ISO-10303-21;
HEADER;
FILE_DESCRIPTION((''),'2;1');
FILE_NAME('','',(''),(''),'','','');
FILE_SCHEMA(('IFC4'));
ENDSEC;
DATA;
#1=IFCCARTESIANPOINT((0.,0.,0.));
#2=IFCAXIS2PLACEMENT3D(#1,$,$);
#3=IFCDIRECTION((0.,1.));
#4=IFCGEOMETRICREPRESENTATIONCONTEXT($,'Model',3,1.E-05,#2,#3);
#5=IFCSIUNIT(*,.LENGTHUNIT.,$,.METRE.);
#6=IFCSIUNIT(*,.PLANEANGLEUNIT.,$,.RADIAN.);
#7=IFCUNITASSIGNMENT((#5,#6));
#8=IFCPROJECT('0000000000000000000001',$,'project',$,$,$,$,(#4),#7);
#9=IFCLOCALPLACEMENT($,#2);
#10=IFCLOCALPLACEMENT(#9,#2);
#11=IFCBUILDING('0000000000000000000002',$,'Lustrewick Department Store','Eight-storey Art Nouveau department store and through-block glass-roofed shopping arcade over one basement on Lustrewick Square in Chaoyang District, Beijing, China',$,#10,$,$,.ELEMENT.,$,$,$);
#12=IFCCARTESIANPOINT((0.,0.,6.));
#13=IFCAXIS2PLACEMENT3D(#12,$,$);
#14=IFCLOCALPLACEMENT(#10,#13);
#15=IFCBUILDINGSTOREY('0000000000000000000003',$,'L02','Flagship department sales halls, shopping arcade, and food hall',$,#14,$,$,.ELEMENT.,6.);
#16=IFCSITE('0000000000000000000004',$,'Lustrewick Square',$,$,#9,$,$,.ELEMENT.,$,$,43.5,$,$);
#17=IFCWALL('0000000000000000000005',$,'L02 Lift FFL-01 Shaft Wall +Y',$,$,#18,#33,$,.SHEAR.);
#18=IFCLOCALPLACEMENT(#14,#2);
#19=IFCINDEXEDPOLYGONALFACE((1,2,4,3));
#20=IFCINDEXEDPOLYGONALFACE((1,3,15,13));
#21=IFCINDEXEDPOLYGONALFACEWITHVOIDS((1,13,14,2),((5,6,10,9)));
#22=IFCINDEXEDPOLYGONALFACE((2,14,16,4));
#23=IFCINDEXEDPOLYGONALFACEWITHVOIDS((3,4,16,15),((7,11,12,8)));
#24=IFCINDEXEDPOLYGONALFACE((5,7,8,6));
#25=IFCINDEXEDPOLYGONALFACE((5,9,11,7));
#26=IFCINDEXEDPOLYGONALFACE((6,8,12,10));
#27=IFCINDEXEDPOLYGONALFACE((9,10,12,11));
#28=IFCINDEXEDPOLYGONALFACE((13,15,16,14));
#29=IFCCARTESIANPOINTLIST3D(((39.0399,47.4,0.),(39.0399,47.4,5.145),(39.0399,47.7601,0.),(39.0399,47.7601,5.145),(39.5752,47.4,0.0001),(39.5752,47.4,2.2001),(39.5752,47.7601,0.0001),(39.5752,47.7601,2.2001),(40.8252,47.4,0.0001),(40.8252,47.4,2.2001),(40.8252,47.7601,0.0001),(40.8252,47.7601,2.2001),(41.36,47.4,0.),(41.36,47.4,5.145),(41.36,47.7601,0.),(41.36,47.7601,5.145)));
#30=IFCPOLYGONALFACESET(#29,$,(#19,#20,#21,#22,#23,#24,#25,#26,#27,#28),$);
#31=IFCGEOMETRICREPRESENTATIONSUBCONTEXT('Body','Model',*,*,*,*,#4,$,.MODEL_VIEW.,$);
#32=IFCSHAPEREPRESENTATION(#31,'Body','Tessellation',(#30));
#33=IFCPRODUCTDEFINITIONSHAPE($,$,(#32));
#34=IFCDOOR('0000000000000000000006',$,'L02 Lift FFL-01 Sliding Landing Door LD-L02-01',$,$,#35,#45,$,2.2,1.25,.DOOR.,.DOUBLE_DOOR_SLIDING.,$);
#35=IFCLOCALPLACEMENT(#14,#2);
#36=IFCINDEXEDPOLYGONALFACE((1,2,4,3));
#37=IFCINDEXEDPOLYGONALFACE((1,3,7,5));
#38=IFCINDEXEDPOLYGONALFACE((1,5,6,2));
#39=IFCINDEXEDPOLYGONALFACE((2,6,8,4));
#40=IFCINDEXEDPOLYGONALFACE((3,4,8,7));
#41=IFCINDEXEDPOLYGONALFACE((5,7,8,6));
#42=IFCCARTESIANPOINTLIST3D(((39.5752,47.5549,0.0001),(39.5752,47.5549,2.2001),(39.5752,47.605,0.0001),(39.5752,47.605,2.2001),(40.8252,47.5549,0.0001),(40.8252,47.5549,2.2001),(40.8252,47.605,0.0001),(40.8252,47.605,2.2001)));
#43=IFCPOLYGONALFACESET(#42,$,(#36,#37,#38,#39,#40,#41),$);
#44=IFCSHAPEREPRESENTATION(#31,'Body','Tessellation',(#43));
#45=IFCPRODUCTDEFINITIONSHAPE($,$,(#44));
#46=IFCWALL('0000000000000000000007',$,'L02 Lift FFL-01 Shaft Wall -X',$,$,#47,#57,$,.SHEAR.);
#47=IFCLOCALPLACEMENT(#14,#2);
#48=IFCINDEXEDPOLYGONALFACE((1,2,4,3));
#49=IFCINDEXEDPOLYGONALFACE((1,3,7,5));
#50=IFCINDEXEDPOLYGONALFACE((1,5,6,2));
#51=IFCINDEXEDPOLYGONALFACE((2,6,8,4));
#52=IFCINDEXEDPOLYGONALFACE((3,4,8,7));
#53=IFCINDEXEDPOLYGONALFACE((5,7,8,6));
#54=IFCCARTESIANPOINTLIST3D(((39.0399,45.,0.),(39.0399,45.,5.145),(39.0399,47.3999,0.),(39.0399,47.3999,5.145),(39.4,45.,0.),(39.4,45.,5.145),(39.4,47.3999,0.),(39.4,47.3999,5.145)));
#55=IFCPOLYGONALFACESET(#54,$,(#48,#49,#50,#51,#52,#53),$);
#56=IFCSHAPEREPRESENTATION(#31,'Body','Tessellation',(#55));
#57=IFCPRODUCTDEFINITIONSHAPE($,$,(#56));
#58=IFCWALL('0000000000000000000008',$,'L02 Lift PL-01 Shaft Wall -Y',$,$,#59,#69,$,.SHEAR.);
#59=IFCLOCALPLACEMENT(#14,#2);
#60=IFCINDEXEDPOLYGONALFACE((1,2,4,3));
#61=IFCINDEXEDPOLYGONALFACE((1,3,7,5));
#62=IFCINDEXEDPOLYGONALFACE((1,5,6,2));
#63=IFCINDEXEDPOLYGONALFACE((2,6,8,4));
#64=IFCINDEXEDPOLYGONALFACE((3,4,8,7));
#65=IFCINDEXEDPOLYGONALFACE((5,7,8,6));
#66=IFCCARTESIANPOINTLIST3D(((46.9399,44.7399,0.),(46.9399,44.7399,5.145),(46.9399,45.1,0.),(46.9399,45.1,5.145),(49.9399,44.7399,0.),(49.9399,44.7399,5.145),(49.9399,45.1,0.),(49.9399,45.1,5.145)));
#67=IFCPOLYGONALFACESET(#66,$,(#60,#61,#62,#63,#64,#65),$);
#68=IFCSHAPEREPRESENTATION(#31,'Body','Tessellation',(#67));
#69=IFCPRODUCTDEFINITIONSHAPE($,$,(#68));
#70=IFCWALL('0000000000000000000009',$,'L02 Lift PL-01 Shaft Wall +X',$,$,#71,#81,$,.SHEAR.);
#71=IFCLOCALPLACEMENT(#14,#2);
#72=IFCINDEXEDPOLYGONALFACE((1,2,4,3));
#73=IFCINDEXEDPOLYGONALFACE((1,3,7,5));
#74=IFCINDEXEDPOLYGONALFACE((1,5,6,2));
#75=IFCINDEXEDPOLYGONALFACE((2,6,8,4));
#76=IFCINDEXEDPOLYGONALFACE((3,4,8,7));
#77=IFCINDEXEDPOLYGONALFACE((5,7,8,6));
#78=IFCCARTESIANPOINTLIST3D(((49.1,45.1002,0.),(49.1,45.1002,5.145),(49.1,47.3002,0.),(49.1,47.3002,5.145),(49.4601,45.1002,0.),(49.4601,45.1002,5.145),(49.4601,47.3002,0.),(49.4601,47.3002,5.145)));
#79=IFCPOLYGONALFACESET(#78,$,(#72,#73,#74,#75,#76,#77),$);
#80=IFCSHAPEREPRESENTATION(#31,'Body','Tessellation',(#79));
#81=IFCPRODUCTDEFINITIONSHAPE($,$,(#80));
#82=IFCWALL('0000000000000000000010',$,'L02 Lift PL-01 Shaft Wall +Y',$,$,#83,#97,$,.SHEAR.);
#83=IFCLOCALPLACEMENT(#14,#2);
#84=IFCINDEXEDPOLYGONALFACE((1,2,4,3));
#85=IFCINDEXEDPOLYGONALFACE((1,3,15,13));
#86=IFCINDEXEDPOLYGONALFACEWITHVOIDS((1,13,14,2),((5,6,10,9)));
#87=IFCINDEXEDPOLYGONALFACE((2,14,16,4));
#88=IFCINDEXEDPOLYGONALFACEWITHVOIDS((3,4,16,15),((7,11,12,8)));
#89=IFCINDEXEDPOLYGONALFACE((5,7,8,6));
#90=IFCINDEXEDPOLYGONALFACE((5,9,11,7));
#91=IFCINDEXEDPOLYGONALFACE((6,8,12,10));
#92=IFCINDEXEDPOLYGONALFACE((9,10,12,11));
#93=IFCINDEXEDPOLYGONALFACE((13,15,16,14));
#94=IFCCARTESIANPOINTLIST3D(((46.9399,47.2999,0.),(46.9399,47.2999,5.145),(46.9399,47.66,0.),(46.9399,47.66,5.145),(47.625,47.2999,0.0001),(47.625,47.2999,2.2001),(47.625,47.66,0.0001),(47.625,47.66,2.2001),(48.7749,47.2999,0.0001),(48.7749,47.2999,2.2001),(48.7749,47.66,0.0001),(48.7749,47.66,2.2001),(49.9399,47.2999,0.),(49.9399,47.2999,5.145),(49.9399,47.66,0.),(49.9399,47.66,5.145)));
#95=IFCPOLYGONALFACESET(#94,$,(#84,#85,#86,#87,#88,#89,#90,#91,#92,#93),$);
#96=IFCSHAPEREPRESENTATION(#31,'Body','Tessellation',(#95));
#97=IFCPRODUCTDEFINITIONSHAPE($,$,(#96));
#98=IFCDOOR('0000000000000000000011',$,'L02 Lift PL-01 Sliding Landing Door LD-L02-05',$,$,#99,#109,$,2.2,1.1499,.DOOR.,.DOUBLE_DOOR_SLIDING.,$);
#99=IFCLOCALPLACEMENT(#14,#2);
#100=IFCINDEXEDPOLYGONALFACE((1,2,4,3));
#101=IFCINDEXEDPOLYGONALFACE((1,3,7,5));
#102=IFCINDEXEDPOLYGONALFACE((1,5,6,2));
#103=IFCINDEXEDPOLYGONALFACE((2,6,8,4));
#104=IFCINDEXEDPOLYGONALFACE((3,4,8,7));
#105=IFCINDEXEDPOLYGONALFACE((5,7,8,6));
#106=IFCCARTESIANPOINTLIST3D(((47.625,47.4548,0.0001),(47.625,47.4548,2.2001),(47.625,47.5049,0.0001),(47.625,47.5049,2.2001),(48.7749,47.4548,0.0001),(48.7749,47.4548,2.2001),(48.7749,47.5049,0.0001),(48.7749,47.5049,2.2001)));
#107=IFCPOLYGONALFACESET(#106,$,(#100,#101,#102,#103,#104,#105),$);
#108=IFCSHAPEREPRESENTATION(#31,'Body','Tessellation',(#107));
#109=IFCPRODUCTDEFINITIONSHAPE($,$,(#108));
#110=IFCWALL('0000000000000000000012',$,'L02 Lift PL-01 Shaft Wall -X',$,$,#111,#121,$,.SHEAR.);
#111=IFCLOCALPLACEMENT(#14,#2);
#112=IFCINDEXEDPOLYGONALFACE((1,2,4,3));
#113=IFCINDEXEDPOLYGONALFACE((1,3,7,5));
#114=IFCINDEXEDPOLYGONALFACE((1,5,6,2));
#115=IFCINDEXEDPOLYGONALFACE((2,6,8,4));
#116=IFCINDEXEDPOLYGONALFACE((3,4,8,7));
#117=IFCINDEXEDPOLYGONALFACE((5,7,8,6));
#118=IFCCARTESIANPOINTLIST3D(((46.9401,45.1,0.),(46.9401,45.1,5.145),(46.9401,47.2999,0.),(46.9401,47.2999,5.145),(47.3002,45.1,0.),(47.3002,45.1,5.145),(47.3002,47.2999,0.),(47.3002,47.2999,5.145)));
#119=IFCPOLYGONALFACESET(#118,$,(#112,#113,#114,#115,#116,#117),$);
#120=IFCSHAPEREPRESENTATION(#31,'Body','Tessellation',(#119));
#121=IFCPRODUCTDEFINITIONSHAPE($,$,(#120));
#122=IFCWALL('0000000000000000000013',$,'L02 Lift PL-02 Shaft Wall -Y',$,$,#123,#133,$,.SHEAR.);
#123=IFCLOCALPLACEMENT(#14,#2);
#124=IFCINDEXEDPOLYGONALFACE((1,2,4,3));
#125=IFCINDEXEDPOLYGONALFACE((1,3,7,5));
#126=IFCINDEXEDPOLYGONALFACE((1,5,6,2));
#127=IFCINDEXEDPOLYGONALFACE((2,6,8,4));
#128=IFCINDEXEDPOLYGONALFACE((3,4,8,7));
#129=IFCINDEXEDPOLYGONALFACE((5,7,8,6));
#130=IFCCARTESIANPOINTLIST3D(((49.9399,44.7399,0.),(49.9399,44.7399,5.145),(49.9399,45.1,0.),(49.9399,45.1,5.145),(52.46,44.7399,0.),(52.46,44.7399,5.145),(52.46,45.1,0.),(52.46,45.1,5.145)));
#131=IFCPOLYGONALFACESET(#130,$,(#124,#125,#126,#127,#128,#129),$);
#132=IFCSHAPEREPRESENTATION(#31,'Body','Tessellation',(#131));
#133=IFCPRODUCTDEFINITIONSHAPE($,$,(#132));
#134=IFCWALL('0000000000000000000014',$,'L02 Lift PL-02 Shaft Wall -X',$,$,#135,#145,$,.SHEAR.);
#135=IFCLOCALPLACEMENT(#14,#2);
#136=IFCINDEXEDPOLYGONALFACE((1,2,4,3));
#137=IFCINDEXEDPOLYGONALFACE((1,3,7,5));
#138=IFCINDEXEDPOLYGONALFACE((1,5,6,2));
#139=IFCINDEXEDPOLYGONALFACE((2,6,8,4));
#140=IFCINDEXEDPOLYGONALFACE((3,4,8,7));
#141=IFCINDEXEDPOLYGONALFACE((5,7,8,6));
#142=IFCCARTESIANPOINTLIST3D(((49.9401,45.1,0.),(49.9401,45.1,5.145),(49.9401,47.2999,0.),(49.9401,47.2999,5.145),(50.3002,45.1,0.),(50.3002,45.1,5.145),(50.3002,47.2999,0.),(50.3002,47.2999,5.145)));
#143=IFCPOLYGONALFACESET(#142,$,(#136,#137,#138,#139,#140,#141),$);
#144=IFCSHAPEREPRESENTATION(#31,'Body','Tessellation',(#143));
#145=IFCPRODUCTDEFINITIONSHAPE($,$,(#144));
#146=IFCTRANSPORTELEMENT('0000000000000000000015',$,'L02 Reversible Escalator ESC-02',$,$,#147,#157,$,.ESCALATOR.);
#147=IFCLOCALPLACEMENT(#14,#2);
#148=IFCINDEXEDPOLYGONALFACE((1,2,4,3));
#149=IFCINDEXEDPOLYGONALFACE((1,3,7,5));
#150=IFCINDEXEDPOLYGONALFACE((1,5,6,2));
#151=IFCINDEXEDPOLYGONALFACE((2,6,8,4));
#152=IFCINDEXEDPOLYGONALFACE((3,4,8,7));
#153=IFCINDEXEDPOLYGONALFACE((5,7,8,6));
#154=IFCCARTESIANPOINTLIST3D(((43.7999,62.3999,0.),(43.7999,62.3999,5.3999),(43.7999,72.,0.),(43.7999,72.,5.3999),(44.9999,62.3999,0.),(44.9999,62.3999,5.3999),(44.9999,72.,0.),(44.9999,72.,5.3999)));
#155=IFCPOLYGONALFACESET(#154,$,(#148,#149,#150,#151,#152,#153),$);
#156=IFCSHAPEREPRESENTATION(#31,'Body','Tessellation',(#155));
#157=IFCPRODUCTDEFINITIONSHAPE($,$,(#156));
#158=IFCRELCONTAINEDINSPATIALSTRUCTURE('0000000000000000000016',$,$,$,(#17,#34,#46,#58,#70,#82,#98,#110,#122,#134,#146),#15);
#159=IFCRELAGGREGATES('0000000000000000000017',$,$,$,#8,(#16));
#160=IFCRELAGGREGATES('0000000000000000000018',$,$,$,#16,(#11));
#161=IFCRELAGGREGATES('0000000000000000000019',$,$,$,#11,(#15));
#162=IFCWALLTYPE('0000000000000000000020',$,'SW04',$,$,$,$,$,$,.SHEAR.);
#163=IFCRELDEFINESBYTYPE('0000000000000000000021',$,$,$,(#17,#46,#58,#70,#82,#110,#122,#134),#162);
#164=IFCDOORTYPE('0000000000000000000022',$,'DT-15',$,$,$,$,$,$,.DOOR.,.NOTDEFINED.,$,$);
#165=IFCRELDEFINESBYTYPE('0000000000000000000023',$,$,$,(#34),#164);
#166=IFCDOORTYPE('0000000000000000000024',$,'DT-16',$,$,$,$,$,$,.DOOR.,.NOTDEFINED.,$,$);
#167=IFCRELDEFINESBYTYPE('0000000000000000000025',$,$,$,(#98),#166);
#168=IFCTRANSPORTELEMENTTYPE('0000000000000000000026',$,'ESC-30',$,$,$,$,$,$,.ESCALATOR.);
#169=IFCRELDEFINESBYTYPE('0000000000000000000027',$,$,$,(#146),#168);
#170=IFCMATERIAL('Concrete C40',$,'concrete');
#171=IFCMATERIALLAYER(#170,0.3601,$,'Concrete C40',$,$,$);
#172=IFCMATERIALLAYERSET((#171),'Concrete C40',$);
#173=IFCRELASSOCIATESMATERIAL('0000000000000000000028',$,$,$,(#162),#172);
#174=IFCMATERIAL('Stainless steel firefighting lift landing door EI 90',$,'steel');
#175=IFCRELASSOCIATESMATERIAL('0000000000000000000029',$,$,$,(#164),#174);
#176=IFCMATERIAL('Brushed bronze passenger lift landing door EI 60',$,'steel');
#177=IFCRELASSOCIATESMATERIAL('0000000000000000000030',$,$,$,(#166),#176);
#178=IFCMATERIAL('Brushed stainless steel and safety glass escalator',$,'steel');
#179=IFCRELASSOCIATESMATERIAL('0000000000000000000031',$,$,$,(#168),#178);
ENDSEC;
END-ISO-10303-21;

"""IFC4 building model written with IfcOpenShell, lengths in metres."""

from ifc_helpers import new_model, si_unit, direction, frame, frame_2d, origin, origin_2d, place, context, subcontext, project, spatial, rectangle, extrude, material, layer, layer_set, type_object, element, fill, save


model = new_model("IFC4")

# Units and contexts
model_context = context("Model", 3, precision=1e-05, world=origin(), true_north=direction((0.0, 1.0)))
body_context = subcontext(model_context, "Body", "Model", "MODEL_VIEW")
ifc_project = project(units=[si_unit("LENGTHUNIT", "METRE"), si_unit("PLANEANGLEUNIT", "RADIAN")], contexts=[model_context])

# Site, building, storey
site_placement = place(None, origin())
site = spatial("IfcSite", under=ifc_project, at=site_placement, Name="Lustrewick Square", CompositionType="ELEMENT", RefElevation=43.5)
building_placement = place(site_placement, origin())
building = spatial("IfcBuilding", under=site, at=building_placement, Name="Lustrewick Department Store", Description="Eight-storey Art Nouveau department store and through-block glass-roofed shopping arcade over one basement on Lustrewick Square in Chaoyang District, Beijing, China", CompositionType="ELEMENT")
storey_placement = place(building_placement, frame((0.0, 0.0, 6.0)))
storey = spatial("IfcBuildingStorey", under=building, at=storey_placement, Name="L02", Description="Flagship department sales halls, shopping arcade, and food hall", CompositionType="ELEMENT", Elevation=6.0)

# Shared definitions
ifc_material_1 = material(Name="Concrete C40", Category="concrete")

# Shared definitions
ifc_layer_1 = layer(ifc_material_1, 0.3601, Name="Concrete C40")
ifc_layer_set_1 = layer_set([ifc_layer_1], Name="Concrete C40")
wall_type_1 = type_object("IfcWallType", Name="SW04", PredefinedType="SHEAR", material=ifc_layer_set_1)

# Wall, opening, door
wall_1_placement = place(storey_placement, frame((41.3601, 47.5801, 0.0), z_axis=(0.0, 0.0, 1.0), x_axis=(-1.0, 0.0, 0.0)))
wall_1 = element("IfcWall", 1, at=wall_1_placement, inside=storey, type_object=wall_type_1, Name="L02 Lift FFL-01 Shaft Wall +Y", PredefinedType="SHEAR", context=body_context, shape_type="SweptSolid", body=[
    extrude(rectangle(XDim=2.3201, YDim=0.3601, at=frame_2d((1.1602, 0.0))), origin(), (0.0, 0.0, 1.0), 5.145),
])
opening_1_placement = place(wall_1_placement, frame((0.5349, 0.0, 0.0)))
opening_1 = element("IfcOpeningElement", 2, at=opening_1_placement, cuts=wall_1, PredefinedType="OPENING", context=body_context, shape_type="SweptSolid", body=[
    extrude(rectangle(XDim=1.25, YDim=2.2, at=frame_2d((0.625, 1.1001))), frame((0.0, 0.1899, 0.0), z_axis=(0.0, -1.0, 0.0), x_axis=(1.0, 0.0, 0.0)), (0.0, 0.0, 1.0), 0.3801),
])
ifc_material_2 = material(Name="Stainless steel firefighting lift landing door EI 90", Category="steel")
door_type_1 = type_object("IfcDoorType", Name="DT-15", OperationType="NOTDEFINED", PredefinedType="DOOR", material=ifc_material_2)
door_1_placement = place(opening_1_placement, frame((1.25, 0.0, 0.0), z_axis=(0.0, 0.0, 1.0), x_axis=(-1.0, 0.0, 0.0)))
door_1 = element("IfcDoor", 3, at=door_1_placement, inside=storey, type_object=door_type_1, Name="L02 Lift FFL-01 Sliding Landing Door LD-L02-01", OperationType="DOUBLE_DOOR_SLIDING", OverallHeight=2.2, OverallWidth=1.25, PredefinedType="DOOR", context=body_context, shape_type="SweptSolid", body=[
    extrude(rectangle(XDim=1.25, YDim=2.2, at=frame_2d((0.625, 1.1001))), frame((0.0, 0.0249, 0.0), z_axis=(0.0, -1.0, 0.0), x_axis=(1.0, 0.0, 0.0)), (0.0, 0.0, 1.0), 0.05),
])
fill(opening_1, door_1)

# Walls
wall_2_placement = place(storey_placement, frame((39.22, 47.3999, 0.0), z_axis=(0.0, 0.0, 1.0), x_axis=(0.0, -1.0, 0.0)))
element("IfcWall", 4, at=wall_2_placement, inside=storey, type_object=wall_type_1, Name="L02 Lift FFL-01 Shaft Wall -X", PredefinedType="SHEAR", context=body_context, shape_type="SweptSolid", body=[
    extrude(rectangle(XDim=2.3999, YDim=0.3601, at=frame_2d((1.2, 0.0))), origin(), (0.0, 0.0, 1.0), 5.145),
])
wall_3_placement = place(storey_placement, frame((46.9399, 44.9199, 0.0), z_axis=(0.0, 0.0, 1.0), x_axis=(1.0, 0.0, 0.0)))
element("IfcWall", 5, at=wall_3_placement, inside=storey, type_object=wall_type_1, Name="L02 Lift PL-01 Shaft Wall -Y", PredefinedType="SHEAR", context=body_context, shape_type="SweptSolid", body=[
    extrude(rectangle(XDim=3.0, YDim=0.3601, at=frame_2d((1.5, 0.0))), origin(), (0.0, 0.0, 1.0), 5.145),
])
wall_4_placement = place(storey_placement, frame((49.28, 45.1001, 0.0), z_axis=(0.0, 0.0, 1.0), x_axis=(0.0, 1.0, 0.0)))
element("IfcWall", 6, at=wall_4_placement, inside=storey, type_object=wall_type_1, Name="L02 Lift PL-01 Shaft Wall +X", PredefinedType="SHEAR", context=body_context, shape_type="SweptSolid", body=[
    extrude(rectangle(XDim=2.2, YDim=0.3601, at=frame_2d((1.1001, 0.0))), origin(), (0.0, 0.0, 1.0), 5.145),
])

# Wall, opening, door
wall_5_placement = place(storey_placement, frame((49.9399, 47.48, 0.0), z_axis=(0.0, 0.0, 1.0), x_axis=(-1.0, 0.0, 0.0)))
wall_5 = element("IfcWall", 7, at=wall_5_placement, inside=storey, type_object=wall_type_1, Name="L02 Lift PL-01 Shaft Wall +Y", PredefinedType="SHEAR", context=body_context, shape_type="SweptSolid", body=[
    extrude(rectangle(XDim=3.0, YDim=0.3601, at=frame_2d((1.5, 0.0))), origin(), (0.0, 0.0, 1.0), 5.145),
])
opening_2_placement = place(wall_5_placement, frame((1.165, 0.0, 0.0)))
opening_2 = element("IfcOpeningElement", 8, at=opening_2_placement, cuts=wall_5, PredefinedType="OPENING", context=body_context, shape_type="SweptSolid", body=[
    extrude(rectangle(XDim=1.1499, YDim=2.2, at=frame_2d((0.575, 1.1001))), frame((0.0, 0.1899, 0.0), z_axis=(0.0, -1.0, 0.0), x_axis=(1.0, 0.0, 0.0)), (0.0, 0.0, 1.0), 0.3801),
])
ifc_material_3 = material(Name="Brushed bronze passenger lift landing door EI 60", Category="steel")
door_type_2 = type_object("IfcDoorType", Name="DT-16", OperationType="NOTDEFINED", PredefinedType="DOOR", material=ifc_material_3)
door_2_placement = place(opening_2_placement, frame((1.1499, 0.0, 0.0), z_axis=(0.0, 0.0, 1.0), x_axis=(-1.0, 0.0, 0.0)))
door_2 = element("IfcDoor", 9, at=door_2_placement, inside=storey, type_object=door_type_2, Name="L02 Lift PL-01 Sliding Landing Door LD-L02-05", OperationType="DOUBLE_DOOR_SLIDING", OverallHeight=2.2, OverallWidth=1.1499, PredefinedType="DOOR", context=body_context, shape_type="SweptSolid", body=[
    extrude(rectangle(XDim=1.1499, YDim=2.2, at=frame_2d((0.575, 1.1001))), frame((0.0, 0.0249, 0.0), z_axis=(0.0, -1.0, 0.0), x_axis=(1.0, 0.0, 0.0)), (0.0, 0.0, 1.0), 0.05),
])
fill(opening_2, door_2)

# Walls
wall_6_placement = place(storey_placement, frame((47.1201, 47.3, 0.0), z_axis=(0.0, 0.0, 1.0), x_axis=(0.0, -1.0, 0.0)))
element("IfcWall", 10, at=wall_6_placement, inside=storey, type_object=wall_type_1, Name="L02 Lift PL-01 Shaft Wall -X", PredefinedType="SHEAR", context=body_context, shape_type="SweptSolid", body=[
    extrude(rectangle(XDim=2.2, YDim=0.3601, at=frame_2d((1.1001, 0.0))), origin(), (0.0, 0.0, 1.0), 5.145),
])
wall_7_placement = place(storey_placement, frame((49.9399, 44.9199, 0.0), z_axis=(0.0, 0.0, 1.0), x_axis=(1.0, 0.0, 0.0)))
element("IfcWall", 11, at=wall_7_placement, inside=storey, type_object=wall_type_1, Name="L02 Lift PL-02 Shaft Wall -Y", PredefinedType="SHEAR", context=body_context, shape_type="SweptSolid", body=[
    extrude(rectangle(XDim=2.52, YDim=0.3601, at=frame_2d((1.26, 0.0))), origin(), (0.0, 0.0, 1.0), 5.145),
])
wall_8_placement = place(storey_placement, frame((50.1201, 47.3, 0.0), z_axis=(0.0, 0.0, 1.0), x_axis=(0.0, -1.0, 0.0)))
element("IfcWall", 12, at=wall_8_placement, inside=storey, type_object=wall_type_1, Name="L02 Lift PL-02 Shaft Wall -X", PredefinedType="SHEAR", context=body_context, shape_type="SweptSolid", body=[
    extrude(rectangle(XDim=2.2, YDim=0.3601, at=frame_2d((1.1001, 0.0))), origin(), (0.0, 0.0, 1.0), 5.145),
])

# Transport element
ifc_material_4 = material(Name="Brushed stainless steel and safety glass escalator", Category="steel")
transport_element_type = type_object("IfcTransportElementType", Name="ESC-30", PredefinedType="ESCALATOR", material=ifc_material_4)
transport_element_placement = place(storey_placement, frame((44.3999, 67.2, 0.0), z_axis=(0.0, 0.0, 1.0), x_axis=(1.0, 0.0, 0.0)))
element("IfcTransportElement", 13, at=transport_element_placement, inside=storey, type_object=transport_element_type, Name="L02 Reversible Escalator ESC-02", PredefinedType="ESCALATOR", context=body_context, shape_type="SweptSolid", body=[
    extrude(rectangle(XDim=1.2, YDim=9.6001, at=origin_2d()), origin(), (0.0, 0.0, 1.0), 5.3999),
])

save(model, "model.ifc")
